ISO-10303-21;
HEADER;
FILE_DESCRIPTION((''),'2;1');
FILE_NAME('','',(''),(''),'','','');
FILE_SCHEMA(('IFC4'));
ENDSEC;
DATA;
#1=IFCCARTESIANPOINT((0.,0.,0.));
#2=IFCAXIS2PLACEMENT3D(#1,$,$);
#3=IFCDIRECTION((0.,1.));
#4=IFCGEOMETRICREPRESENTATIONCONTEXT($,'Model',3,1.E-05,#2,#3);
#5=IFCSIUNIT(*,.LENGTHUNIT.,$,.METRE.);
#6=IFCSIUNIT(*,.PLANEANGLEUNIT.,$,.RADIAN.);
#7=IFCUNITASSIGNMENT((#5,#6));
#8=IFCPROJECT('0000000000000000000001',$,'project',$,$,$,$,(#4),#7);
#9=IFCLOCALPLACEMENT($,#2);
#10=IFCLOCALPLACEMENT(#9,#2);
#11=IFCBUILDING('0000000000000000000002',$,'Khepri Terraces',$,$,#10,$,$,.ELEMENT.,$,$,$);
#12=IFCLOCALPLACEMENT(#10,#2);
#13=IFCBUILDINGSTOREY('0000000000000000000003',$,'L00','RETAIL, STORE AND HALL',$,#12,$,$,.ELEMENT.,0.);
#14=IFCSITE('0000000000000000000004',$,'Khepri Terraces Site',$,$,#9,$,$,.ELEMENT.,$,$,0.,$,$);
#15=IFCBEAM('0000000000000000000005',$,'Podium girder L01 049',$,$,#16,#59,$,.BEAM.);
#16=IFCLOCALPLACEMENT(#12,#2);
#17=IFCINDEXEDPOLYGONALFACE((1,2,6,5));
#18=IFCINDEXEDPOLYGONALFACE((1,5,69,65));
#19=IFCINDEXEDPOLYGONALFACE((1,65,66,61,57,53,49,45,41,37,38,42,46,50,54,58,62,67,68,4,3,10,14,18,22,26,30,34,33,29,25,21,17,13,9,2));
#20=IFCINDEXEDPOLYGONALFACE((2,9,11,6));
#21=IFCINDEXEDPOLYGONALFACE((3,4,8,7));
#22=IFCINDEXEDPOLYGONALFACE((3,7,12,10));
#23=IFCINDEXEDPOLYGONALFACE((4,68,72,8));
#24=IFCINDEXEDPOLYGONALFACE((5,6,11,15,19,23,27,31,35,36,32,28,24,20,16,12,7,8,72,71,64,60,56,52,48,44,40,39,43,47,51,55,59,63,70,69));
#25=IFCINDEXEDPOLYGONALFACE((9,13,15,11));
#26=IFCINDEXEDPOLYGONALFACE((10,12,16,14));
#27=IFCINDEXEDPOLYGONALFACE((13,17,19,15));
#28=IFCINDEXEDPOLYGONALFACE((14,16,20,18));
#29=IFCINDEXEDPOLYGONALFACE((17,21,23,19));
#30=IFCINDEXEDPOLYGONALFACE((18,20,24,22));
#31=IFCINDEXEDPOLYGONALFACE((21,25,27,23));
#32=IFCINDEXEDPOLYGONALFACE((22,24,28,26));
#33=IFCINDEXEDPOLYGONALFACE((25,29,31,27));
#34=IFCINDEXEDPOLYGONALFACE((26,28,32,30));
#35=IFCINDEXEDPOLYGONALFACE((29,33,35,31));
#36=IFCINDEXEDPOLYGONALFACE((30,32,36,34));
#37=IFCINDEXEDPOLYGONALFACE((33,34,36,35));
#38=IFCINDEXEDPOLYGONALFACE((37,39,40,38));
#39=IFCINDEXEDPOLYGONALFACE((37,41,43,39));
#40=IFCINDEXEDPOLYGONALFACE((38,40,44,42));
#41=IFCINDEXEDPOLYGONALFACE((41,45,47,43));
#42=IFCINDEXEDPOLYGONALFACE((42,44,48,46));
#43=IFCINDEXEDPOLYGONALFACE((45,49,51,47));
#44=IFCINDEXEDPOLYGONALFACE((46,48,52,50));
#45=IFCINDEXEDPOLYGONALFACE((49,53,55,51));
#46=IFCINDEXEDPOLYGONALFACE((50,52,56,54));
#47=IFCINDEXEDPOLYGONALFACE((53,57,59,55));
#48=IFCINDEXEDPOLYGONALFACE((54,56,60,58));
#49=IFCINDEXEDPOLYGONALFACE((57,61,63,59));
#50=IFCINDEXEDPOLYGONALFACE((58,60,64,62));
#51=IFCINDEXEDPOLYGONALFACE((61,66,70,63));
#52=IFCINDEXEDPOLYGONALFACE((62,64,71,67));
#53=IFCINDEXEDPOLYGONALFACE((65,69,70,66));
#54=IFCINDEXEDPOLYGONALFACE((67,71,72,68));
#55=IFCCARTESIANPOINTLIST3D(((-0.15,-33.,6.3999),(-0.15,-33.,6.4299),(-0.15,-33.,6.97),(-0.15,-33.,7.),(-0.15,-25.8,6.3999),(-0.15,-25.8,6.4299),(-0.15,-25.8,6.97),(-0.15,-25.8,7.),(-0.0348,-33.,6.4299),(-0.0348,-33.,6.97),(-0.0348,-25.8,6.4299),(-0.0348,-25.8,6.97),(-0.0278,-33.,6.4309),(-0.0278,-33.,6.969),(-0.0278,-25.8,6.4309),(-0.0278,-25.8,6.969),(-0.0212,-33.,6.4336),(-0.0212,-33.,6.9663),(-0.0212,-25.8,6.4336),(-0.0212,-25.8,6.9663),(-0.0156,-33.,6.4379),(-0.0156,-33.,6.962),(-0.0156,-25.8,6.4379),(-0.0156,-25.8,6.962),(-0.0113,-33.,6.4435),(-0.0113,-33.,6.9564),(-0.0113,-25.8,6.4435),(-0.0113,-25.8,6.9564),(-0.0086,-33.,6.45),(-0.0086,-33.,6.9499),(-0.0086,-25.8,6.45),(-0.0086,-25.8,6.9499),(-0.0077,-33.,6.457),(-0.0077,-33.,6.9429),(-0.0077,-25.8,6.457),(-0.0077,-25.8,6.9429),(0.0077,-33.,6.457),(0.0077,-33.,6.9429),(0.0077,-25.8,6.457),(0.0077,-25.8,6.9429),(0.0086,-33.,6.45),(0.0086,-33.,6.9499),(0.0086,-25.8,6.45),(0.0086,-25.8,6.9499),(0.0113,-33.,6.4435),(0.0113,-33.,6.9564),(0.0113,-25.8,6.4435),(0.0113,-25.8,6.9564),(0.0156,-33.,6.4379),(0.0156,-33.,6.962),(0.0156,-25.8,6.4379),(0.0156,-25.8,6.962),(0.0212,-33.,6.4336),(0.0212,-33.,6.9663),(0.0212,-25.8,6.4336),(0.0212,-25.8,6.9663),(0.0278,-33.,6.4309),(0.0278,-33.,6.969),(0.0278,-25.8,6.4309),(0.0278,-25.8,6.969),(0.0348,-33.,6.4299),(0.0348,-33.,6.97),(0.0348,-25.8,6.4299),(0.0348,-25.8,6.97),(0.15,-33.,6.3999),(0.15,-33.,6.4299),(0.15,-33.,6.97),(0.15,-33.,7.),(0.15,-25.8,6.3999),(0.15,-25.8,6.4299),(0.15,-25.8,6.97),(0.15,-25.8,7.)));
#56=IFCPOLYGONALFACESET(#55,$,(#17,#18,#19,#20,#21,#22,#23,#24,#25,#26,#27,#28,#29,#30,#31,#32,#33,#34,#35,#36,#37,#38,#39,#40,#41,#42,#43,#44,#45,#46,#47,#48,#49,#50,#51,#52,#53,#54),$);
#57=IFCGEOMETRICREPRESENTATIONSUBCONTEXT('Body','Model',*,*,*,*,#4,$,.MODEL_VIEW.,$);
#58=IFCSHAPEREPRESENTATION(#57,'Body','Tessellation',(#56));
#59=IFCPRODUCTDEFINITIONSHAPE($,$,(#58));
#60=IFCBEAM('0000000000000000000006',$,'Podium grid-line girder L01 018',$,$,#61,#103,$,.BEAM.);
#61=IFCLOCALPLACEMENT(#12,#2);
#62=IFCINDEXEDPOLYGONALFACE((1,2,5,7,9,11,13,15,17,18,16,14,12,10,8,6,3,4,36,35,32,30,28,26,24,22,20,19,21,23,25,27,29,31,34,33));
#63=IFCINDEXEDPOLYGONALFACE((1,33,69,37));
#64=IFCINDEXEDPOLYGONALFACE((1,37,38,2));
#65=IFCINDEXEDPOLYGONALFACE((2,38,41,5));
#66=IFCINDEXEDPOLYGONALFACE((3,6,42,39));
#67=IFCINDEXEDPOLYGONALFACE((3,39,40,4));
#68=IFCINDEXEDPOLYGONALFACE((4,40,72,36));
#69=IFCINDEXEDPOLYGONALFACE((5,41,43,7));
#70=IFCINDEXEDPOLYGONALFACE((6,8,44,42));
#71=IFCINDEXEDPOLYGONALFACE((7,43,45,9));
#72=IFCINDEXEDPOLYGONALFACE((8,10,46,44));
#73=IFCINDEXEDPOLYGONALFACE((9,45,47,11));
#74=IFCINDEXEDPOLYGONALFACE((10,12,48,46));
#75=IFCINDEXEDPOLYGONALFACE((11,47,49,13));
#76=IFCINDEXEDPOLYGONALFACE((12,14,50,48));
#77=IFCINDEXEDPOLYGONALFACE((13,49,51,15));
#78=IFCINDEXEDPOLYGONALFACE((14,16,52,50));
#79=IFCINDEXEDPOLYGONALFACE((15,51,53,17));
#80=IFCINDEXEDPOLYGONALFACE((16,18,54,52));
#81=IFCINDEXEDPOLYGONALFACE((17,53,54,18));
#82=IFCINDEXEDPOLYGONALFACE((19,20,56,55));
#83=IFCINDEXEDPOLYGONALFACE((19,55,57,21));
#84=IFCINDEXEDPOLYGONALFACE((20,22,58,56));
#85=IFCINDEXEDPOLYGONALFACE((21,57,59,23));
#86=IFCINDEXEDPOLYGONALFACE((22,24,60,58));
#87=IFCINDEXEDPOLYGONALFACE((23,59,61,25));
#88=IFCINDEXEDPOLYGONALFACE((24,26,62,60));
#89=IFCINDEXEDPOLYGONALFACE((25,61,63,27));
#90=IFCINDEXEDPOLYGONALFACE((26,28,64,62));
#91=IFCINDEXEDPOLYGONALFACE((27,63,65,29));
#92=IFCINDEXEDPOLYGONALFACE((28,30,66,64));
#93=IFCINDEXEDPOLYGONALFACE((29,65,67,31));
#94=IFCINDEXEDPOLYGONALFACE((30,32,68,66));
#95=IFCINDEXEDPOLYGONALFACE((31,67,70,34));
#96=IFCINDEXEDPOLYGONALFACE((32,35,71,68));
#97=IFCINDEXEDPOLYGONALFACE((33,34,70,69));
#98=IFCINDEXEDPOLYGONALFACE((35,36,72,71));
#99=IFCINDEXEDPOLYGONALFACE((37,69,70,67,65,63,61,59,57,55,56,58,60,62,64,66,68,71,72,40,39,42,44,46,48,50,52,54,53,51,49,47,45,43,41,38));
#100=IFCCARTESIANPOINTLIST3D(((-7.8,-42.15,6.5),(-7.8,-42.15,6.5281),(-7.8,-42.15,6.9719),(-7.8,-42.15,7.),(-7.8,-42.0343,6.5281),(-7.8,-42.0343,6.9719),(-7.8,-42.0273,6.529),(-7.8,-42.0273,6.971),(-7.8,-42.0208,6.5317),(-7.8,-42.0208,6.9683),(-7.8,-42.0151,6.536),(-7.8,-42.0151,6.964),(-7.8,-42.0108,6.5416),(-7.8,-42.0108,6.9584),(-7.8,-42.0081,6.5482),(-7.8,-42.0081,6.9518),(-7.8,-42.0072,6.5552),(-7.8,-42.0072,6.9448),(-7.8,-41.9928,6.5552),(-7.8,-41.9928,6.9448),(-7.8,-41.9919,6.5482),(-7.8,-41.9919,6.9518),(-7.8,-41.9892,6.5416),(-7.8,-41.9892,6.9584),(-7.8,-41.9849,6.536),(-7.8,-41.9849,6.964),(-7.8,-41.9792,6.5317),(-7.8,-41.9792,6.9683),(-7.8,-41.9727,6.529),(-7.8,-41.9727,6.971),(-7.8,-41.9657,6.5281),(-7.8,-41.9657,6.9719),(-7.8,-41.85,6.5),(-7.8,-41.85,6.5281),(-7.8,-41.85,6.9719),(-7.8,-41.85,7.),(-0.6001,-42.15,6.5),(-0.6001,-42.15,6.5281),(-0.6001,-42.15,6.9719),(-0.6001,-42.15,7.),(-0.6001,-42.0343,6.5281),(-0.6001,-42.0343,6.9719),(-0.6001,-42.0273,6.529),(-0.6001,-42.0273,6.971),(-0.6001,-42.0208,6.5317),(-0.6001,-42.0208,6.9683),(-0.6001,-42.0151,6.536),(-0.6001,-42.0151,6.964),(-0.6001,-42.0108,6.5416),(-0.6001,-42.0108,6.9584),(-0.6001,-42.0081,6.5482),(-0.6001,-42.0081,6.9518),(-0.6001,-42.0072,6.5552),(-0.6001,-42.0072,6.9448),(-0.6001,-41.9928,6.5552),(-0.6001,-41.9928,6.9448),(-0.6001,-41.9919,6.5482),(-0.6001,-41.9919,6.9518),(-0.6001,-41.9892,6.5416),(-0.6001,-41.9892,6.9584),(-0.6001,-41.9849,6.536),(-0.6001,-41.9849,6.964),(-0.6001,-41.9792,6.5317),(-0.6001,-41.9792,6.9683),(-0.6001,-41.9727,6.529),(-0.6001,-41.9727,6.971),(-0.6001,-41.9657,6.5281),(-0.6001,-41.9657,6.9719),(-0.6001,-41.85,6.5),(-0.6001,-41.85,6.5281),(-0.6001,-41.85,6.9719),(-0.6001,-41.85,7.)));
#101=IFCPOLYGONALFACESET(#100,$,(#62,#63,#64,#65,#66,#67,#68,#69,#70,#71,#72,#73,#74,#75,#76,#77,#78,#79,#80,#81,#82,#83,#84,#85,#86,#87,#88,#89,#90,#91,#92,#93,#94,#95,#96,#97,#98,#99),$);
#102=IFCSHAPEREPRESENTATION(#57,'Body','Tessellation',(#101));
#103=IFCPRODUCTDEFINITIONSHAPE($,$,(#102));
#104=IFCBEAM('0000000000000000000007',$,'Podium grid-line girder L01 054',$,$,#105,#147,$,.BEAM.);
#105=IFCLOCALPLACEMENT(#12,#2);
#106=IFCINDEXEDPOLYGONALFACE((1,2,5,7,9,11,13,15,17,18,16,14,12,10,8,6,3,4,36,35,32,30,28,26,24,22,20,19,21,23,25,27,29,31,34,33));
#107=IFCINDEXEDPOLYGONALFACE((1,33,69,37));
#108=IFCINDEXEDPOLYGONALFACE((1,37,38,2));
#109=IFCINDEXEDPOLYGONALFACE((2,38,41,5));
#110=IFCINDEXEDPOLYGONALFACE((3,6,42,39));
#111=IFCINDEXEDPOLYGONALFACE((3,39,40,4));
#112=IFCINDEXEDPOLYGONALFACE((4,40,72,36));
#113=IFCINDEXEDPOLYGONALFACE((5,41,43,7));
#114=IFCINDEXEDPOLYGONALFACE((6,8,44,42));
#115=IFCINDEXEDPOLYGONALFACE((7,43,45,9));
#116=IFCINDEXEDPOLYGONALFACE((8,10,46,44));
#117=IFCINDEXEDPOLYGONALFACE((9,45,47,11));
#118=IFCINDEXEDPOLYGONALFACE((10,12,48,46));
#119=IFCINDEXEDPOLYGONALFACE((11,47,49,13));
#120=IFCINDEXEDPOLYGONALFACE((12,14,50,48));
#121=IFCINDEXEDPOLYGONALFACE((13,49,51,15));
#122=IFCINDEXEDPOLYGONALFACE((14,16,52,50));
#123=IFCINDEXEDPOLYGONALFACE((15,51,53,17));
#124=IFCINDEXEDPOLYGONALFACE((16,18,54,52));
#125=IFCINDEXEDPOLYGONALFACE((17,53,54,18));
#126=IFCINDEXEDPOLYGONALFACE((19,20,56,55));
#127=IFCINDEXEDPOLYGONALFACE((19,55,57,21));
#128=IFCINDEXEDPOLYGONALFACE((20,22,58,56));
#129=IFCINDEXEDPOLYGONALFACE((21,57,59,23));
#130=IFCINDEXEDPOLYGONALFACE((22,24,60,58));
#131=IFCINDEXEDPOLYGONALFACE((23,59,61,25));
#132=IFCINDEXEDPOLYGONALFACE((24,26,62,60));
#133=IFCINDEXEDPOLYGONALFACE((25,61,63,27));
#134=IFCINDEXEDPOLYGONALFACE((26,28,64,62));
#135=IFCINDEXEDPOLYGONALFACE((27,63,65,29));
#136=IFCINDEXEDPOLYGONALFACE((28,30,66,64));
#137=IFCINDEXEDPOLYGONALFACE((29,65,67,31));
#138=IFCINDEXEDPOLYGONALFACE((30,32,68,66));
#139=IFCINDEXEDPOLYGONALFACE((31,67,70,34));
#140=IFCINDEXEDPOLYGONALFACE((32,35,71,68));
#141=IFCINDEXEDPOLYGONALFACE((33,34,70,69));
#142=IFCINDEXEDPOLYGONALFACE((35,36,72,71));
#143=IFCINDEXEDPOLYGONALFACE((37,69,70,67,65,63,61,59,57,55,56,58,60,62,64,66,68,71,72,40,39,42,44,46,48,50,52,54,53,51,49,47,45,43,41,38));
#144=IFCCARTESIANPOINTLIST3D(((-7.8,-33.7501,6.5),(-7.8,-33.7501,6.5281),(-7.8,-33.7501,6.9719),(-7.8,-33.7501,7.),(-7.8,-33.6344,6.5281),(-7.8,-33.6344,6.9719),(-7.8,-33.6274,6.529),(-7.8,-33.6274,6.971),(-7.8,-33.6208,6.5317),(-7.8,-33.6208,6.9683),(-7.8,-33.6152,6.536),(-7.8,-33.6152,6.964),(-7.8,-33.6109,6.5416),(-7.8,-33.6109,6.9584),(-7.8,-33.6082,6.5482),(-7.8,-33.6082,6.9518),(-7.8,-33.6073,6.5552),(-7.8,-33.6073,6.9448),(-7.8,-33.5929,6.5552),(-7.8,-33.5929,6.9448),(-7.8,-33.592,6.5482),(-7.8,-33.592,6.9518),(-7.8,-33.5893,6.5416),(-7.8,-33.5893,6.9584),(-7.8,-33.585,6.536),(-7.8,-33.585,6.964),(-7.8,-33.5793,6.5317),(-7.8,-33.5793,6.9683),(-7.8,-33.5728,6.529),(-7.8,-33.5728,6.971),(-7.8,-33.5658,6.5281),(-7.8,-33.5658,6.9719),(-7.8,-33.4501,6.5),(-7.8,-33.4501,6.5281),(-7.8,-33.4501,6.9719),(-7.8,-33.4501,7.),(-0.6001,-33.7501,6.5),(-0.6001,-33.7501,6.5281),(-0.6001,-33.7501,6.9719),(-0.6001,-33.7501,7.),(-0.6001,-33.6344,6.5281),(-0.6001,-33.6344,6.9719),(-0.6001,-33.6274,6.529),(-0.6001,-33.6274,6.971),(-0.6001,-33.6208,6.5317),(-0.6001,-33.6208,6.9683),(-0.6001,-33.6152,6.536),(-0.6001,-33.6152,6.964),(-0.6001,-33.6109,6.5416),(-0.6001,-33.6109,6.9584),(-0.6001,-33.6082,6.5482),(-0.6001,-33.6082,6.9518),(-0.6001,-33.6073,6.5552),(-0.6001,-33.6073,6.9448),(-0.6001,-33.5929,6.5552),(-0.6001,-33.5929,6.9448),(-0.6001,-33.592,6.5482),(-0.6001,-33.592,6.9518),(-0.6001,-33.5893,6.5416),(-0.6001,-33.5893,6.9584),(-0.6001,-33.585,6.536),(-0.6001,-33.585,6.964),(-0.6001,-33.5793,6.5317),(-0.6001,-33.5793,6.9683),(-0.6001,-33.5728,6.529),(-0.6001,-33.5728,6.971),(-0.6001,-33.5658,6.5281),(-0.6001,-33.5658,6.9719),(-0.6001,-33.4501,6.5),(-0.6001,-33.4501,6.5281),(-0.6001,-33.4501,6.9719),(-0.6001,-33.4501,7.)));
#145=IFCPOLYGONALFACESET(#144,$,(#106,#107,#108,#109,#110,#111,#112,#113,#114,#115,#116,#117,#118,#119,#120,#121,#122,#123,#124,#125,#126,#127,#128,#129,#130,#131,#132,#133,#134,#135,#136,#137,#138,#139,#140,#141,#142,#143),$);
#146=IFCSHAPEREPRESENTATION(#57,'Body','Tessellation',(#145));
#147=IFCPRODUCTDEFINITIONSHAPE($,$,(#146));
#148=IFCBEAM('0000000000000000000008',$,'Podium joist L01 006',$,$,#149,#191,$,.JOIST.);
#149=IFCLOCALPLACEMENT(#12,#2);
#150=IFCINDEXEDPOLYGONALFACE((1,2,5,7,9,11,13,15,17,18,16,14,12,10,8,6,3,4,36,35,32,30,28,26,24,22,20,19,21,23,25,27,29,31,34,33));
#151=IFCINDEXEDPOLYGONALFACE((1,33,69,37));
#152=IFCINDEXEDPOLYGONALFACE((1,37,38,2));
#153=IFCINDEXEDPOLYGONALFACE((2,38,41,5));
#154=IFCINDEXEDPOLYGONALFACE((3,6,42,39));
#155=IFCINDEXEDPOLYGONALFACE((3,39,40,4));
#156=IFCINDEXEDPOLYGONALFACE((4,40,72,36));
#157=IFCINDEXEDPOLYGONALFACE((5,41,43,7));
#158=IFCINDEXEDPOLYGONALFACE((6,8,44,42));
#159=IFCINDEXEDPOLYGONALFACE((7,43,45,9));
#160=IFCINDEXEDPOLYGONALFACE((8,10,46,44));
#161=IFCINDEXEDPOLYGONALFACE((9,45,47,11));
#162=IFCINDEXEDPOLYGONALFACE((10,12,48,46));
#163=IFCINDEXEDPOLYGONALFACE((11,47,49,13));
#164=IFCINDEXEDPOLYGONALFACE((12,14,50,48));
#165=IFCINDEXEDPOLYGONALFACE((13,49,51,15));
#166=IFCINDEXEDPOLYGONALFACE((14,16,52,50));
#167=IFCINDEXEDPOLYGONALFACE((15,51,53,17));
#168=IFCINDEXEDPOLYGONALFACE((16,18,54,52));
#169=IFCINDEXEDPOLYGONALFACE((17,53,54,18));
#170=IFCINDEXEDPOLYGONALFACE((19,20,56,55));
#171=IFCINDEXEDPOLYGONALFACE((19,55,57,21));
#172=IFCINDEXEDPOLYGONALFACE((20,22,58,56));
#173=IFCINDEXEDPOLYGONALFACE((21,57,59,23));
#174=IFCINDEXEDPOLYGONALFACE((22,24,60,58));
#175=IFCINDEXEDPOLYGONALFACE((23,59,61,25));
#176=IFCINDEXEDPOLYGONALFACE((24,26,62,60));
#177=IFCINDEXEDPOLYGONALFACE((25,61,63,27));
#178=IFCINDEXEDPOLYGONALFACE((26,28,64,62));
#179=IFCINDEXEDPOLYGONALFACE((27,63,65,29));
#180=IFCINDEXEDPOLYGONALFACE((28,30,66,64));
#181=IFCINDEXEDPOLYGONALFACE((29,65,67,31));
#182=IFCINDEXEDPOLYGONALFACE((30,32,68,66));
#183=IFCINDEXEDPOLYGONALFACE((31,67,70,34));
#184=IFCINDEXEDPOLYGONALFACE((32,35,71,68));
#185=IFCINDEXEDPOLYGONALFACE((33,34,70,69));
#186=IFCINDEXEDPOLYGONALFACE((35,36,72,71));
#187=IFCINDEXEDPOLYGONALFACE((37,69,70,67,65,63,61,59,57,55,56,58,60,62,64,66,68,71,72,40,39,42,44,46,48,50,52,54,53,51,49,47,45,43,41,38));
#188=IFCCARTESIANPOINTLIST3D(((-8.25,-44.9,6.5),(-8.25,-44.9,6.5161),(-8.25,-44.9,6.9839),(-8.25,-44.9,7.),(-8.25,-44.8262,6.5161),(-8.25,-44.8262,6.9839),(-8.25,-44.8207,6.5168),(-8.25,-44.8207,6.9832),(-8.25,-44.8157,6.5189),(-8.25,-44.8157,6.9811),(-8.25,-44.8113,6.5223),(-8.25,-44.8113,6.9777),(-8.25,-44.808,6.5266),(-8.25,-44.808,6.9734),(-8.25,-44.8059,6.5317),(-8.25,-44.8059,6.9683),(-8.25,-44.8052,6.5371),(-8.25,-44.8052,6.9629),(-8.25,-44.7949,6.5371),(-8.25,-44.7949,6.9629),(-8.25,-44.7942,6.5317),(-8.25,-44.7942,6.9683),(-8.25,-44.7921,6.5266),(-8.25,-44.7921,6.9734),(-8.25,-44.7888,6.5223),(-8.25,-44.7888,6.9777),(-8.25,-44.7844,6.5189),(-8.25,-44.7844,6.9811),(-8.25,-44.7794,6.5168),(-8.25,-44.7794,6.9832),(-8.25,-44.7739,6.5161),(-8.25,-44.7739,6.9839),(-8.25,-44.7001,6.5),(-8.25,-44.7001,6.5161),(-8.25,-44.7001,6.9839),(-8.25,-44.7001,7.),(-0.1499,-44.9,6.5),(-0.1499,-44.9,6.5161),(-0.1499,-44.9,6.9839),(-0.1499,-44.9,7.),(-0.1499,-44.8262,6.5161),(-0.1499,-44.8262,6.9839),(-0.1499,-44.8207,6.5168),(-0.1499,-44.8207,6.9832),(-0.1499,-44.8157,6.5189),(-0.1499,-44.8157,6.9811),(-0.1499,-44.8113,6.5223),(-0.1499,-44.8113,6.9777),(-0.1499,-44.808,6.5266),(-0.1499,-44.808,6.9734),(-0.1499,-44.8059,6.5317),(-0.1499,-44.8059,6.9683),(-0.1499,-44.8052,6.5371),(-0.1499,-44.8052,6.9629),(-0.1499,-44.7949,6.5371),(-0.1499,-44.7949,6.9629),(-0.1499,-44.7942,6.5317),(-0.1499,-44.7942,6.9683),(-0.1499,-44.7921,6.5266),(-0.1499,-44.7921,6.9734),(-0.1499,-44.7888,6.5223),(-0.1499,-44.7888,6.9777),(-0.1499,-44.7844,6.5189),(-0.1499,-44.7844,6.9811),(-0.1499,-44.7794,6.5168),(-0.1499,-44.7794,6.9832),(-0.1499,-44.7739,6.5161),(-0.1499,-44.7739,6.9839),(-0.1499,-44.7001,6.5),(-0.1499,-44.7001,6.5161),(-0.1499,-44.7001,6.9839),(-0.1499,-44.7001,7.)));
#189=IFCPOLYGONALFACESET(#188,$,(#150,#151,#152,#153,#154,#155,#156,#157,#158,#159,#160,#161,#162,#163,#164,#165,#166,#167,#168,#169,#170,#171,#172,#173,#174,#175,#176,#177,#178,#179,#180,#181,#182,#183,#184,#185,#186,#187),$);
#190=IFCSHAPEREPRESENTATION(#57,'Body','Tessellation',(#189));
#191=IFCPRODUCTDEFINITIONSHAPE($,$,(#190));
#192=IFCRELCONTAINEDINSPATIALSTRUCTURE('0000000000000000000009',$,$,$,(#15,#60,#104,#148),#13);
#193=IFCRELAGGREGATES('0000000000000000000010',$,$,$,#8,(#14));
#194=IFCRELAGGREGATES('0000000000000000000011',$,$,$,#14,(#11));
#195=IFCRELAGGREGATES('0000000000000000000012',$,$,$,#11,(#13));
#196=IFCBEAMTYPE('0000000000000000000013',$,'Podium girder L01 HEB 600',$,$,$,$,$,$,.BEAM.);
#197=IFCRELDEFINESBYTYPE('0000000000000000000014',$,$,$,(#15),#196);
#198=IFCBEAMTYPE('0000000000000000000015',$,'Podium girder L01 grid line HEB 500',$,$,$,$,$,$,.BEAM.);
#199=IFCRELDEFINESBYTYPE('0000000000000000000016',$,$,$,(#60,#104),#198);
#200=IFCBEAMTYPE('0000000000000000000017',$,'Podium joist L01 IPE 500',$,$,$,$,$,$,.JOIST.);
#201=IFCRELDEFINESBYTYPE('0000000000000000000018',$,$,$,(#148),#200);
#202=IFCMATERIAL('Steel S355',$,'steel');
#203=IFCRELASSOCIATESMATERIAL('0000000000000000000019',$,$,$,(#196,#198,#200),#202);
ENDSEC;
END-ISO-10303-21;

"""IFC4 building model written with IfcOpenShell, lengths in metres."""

from ifc_helpers import new_model, si_unit, direction, frame, origin, origin_2d, place, context, subcontext, project, spatial, i_section, extrude, material, material_profile, profile_set, type_object, element, save


model = new_model("IFC4")

# Units and contexts
model_context = context("Model", 3, precision=1e-05, world=origin(), true_north=direction((0.0, 1.0)))
body_context = subcontext(model_context, "Body", "Model", "MODEL_VIEW")
ifc_project = project(units=[si_unit("LENGTHUNIT", "METRE"), si_unit("PLANEANGLEUNIT", "RADIAN")], contexts=[model_context])

# Site, building, storey
site_placement = place(None, origin())
site = spatial("IfcSite", under=ifc_project, at=site_placement, Name="Khepri Terraces Site", CompositionType="ELEMENT", RefElevation=0.0)
building_placement = place(site_placement, origin())
building = spatial("IfcBuilding", under=site, at=building_placement, Name="Khepri Terraces", CompositionType="ELEMENT")
storey_placement = place(building_placement, origin())
storey = spatial("IfcBuildingStorey", under=building, at=storey_placement, Name="L00", Description="RETAIL, STORE AND HALL", CompositionType="ELEMENT", Elevation=0.0)

# Beams
ifc_material_1 = material(Name="Steel S355", Category="steel")
ifc_material_profile_1 = material_profile(ifc_material_1, i_section(OverallWidth=0.3, OverallDepth=0.6001, WebThickness=0.0154, FlangeThickness=0.03, FilletRadius=0.0271, at=origin_2d()), Name="Steel S355", Category="steel")
ifc_profile_set_1 = profile_set([ifc_material_profile_1], Name="Steel S355")
beam_type_1 = type_object("IfcBeamType", Name="Podium girder L01 HEB 600", PredefinedType="BEAM", material=ifc_profile_set_1)
for number, where, z_axis, x_axis, name in (
    (1, (0.0, -33.0, 6.7), (0.0, 1.0, 0.0), (-1.0, 0.0, 0.0), "Podium girder L01 049"),
):
    element("IfcBeam", number, at=place(storey_placement, frame(where, z_axis=z_axis, x_axis=x_axis)), inside=storey, type_object=beam_type_1, Name=name, PredefinedType="BEAM", context=body_context, shape_type="SweptSolid", body=[
        extrude(i_section(OverallWidth=0.3, OverallDepth=0.6001, WebThickness=0.0154, FlangeThickness=0.03, FilletRadius=0.0271, at=origin_2d()), origin(), (0.0, 0.0, 1.0), 7.2),
    ])
ifc_material_profile_2 = material_profile(ifc_material_1, i_section(OverallWidth=0.3, OverallDepth=0.5, WebThickness=0.0144, FlangeThickness=0.0281, FilletRadius=0.0271, at=origin_2d()), Name="Steel S355", Category="steel")
ifc_profile_set_2 = profile_set([ifc_material_profile_2], Name="Steel S355")
beam_type_2 = type_object("IfcBeamType", Name="Podium girder L01 grid line HEB 500", PredefinedType="BEAM", material=ifc_profile_set_2)
for number, where, z_axis, x_axis, name in (
    (2, (-7.8, -42.0, 6.75), (1.0, 0.0, 0.0), (0.0, 1.0, 0.0), "Podium grid-line girder L01 018"),
    (3, (-7.8, -33.6001, 6.75), (1.0, 0.0, 0.0), (0.0, 1.0, 0.0), "Podium grid-line girder L01 054"),
):
    element("IfcBeam", number, at=place(storey_placement, frame(where, z_axis=z_axis, x_axis=x_axis)), inside=storey, type_object=beam_type_2, Name=name, PredefinedType="BEAM", context=body_context, shape_type="SweptSolid", body=[
        extrude(i_section(OverallWidth=0.3, OverallDepth=0.5, WebThickness=0.0144, FlangeThickness=0.0281, FilletRadius=0.0271, at=origin_2d()), origin(), (0.0, 0.0, 1.0), 7.2),
    ])
ifc_material_profile_3 = material_profile(ifc_material_1, i_section(OverallWidth=0.2, OverallDepth=0.5, WebThickness=0.0103, FlangeThickness=0.0161, FilletRadius=0.021, at=origin_2d()), Name="Steel S355", Category="steel")
ifc_profile_set_3 = profile_set([ifc_material_profile_3], Name="Steel S355")
beam_type_3 = type_object("IfcBeamType", Name="Podium joist L01 IPE 500", PredefinedType="JOIST", material=ifc_profile_set_3)
for number, where, z_axis, x_axis, name in (
    (4, (-8.25, -44.8, 6.75), (1.0, 0.0, 0.0), (0.0, 1.0, 0.0), "Podium joist L01 006"),
):
    element("IfcBeam", number, at=place(storey_placement, frame(where, z_axis=z_axis, x_axis=x_axis)), inside=storey, type_object=beam_type_3, Name=name, PredefinedType="JOIST", context=body_context, shape_type="SweptSolid", body=[
        extrude(i_section(OverallWidth=0.2, OverallDepth=0.5, WebThickness=0.0103, FlangeThickness=0.0161, FilletRadius=0.021, at=origin_2d()), origin(), (0.0, 0.0, 1.0), 8.1001),
    ])

save(model, "model.ifc")
